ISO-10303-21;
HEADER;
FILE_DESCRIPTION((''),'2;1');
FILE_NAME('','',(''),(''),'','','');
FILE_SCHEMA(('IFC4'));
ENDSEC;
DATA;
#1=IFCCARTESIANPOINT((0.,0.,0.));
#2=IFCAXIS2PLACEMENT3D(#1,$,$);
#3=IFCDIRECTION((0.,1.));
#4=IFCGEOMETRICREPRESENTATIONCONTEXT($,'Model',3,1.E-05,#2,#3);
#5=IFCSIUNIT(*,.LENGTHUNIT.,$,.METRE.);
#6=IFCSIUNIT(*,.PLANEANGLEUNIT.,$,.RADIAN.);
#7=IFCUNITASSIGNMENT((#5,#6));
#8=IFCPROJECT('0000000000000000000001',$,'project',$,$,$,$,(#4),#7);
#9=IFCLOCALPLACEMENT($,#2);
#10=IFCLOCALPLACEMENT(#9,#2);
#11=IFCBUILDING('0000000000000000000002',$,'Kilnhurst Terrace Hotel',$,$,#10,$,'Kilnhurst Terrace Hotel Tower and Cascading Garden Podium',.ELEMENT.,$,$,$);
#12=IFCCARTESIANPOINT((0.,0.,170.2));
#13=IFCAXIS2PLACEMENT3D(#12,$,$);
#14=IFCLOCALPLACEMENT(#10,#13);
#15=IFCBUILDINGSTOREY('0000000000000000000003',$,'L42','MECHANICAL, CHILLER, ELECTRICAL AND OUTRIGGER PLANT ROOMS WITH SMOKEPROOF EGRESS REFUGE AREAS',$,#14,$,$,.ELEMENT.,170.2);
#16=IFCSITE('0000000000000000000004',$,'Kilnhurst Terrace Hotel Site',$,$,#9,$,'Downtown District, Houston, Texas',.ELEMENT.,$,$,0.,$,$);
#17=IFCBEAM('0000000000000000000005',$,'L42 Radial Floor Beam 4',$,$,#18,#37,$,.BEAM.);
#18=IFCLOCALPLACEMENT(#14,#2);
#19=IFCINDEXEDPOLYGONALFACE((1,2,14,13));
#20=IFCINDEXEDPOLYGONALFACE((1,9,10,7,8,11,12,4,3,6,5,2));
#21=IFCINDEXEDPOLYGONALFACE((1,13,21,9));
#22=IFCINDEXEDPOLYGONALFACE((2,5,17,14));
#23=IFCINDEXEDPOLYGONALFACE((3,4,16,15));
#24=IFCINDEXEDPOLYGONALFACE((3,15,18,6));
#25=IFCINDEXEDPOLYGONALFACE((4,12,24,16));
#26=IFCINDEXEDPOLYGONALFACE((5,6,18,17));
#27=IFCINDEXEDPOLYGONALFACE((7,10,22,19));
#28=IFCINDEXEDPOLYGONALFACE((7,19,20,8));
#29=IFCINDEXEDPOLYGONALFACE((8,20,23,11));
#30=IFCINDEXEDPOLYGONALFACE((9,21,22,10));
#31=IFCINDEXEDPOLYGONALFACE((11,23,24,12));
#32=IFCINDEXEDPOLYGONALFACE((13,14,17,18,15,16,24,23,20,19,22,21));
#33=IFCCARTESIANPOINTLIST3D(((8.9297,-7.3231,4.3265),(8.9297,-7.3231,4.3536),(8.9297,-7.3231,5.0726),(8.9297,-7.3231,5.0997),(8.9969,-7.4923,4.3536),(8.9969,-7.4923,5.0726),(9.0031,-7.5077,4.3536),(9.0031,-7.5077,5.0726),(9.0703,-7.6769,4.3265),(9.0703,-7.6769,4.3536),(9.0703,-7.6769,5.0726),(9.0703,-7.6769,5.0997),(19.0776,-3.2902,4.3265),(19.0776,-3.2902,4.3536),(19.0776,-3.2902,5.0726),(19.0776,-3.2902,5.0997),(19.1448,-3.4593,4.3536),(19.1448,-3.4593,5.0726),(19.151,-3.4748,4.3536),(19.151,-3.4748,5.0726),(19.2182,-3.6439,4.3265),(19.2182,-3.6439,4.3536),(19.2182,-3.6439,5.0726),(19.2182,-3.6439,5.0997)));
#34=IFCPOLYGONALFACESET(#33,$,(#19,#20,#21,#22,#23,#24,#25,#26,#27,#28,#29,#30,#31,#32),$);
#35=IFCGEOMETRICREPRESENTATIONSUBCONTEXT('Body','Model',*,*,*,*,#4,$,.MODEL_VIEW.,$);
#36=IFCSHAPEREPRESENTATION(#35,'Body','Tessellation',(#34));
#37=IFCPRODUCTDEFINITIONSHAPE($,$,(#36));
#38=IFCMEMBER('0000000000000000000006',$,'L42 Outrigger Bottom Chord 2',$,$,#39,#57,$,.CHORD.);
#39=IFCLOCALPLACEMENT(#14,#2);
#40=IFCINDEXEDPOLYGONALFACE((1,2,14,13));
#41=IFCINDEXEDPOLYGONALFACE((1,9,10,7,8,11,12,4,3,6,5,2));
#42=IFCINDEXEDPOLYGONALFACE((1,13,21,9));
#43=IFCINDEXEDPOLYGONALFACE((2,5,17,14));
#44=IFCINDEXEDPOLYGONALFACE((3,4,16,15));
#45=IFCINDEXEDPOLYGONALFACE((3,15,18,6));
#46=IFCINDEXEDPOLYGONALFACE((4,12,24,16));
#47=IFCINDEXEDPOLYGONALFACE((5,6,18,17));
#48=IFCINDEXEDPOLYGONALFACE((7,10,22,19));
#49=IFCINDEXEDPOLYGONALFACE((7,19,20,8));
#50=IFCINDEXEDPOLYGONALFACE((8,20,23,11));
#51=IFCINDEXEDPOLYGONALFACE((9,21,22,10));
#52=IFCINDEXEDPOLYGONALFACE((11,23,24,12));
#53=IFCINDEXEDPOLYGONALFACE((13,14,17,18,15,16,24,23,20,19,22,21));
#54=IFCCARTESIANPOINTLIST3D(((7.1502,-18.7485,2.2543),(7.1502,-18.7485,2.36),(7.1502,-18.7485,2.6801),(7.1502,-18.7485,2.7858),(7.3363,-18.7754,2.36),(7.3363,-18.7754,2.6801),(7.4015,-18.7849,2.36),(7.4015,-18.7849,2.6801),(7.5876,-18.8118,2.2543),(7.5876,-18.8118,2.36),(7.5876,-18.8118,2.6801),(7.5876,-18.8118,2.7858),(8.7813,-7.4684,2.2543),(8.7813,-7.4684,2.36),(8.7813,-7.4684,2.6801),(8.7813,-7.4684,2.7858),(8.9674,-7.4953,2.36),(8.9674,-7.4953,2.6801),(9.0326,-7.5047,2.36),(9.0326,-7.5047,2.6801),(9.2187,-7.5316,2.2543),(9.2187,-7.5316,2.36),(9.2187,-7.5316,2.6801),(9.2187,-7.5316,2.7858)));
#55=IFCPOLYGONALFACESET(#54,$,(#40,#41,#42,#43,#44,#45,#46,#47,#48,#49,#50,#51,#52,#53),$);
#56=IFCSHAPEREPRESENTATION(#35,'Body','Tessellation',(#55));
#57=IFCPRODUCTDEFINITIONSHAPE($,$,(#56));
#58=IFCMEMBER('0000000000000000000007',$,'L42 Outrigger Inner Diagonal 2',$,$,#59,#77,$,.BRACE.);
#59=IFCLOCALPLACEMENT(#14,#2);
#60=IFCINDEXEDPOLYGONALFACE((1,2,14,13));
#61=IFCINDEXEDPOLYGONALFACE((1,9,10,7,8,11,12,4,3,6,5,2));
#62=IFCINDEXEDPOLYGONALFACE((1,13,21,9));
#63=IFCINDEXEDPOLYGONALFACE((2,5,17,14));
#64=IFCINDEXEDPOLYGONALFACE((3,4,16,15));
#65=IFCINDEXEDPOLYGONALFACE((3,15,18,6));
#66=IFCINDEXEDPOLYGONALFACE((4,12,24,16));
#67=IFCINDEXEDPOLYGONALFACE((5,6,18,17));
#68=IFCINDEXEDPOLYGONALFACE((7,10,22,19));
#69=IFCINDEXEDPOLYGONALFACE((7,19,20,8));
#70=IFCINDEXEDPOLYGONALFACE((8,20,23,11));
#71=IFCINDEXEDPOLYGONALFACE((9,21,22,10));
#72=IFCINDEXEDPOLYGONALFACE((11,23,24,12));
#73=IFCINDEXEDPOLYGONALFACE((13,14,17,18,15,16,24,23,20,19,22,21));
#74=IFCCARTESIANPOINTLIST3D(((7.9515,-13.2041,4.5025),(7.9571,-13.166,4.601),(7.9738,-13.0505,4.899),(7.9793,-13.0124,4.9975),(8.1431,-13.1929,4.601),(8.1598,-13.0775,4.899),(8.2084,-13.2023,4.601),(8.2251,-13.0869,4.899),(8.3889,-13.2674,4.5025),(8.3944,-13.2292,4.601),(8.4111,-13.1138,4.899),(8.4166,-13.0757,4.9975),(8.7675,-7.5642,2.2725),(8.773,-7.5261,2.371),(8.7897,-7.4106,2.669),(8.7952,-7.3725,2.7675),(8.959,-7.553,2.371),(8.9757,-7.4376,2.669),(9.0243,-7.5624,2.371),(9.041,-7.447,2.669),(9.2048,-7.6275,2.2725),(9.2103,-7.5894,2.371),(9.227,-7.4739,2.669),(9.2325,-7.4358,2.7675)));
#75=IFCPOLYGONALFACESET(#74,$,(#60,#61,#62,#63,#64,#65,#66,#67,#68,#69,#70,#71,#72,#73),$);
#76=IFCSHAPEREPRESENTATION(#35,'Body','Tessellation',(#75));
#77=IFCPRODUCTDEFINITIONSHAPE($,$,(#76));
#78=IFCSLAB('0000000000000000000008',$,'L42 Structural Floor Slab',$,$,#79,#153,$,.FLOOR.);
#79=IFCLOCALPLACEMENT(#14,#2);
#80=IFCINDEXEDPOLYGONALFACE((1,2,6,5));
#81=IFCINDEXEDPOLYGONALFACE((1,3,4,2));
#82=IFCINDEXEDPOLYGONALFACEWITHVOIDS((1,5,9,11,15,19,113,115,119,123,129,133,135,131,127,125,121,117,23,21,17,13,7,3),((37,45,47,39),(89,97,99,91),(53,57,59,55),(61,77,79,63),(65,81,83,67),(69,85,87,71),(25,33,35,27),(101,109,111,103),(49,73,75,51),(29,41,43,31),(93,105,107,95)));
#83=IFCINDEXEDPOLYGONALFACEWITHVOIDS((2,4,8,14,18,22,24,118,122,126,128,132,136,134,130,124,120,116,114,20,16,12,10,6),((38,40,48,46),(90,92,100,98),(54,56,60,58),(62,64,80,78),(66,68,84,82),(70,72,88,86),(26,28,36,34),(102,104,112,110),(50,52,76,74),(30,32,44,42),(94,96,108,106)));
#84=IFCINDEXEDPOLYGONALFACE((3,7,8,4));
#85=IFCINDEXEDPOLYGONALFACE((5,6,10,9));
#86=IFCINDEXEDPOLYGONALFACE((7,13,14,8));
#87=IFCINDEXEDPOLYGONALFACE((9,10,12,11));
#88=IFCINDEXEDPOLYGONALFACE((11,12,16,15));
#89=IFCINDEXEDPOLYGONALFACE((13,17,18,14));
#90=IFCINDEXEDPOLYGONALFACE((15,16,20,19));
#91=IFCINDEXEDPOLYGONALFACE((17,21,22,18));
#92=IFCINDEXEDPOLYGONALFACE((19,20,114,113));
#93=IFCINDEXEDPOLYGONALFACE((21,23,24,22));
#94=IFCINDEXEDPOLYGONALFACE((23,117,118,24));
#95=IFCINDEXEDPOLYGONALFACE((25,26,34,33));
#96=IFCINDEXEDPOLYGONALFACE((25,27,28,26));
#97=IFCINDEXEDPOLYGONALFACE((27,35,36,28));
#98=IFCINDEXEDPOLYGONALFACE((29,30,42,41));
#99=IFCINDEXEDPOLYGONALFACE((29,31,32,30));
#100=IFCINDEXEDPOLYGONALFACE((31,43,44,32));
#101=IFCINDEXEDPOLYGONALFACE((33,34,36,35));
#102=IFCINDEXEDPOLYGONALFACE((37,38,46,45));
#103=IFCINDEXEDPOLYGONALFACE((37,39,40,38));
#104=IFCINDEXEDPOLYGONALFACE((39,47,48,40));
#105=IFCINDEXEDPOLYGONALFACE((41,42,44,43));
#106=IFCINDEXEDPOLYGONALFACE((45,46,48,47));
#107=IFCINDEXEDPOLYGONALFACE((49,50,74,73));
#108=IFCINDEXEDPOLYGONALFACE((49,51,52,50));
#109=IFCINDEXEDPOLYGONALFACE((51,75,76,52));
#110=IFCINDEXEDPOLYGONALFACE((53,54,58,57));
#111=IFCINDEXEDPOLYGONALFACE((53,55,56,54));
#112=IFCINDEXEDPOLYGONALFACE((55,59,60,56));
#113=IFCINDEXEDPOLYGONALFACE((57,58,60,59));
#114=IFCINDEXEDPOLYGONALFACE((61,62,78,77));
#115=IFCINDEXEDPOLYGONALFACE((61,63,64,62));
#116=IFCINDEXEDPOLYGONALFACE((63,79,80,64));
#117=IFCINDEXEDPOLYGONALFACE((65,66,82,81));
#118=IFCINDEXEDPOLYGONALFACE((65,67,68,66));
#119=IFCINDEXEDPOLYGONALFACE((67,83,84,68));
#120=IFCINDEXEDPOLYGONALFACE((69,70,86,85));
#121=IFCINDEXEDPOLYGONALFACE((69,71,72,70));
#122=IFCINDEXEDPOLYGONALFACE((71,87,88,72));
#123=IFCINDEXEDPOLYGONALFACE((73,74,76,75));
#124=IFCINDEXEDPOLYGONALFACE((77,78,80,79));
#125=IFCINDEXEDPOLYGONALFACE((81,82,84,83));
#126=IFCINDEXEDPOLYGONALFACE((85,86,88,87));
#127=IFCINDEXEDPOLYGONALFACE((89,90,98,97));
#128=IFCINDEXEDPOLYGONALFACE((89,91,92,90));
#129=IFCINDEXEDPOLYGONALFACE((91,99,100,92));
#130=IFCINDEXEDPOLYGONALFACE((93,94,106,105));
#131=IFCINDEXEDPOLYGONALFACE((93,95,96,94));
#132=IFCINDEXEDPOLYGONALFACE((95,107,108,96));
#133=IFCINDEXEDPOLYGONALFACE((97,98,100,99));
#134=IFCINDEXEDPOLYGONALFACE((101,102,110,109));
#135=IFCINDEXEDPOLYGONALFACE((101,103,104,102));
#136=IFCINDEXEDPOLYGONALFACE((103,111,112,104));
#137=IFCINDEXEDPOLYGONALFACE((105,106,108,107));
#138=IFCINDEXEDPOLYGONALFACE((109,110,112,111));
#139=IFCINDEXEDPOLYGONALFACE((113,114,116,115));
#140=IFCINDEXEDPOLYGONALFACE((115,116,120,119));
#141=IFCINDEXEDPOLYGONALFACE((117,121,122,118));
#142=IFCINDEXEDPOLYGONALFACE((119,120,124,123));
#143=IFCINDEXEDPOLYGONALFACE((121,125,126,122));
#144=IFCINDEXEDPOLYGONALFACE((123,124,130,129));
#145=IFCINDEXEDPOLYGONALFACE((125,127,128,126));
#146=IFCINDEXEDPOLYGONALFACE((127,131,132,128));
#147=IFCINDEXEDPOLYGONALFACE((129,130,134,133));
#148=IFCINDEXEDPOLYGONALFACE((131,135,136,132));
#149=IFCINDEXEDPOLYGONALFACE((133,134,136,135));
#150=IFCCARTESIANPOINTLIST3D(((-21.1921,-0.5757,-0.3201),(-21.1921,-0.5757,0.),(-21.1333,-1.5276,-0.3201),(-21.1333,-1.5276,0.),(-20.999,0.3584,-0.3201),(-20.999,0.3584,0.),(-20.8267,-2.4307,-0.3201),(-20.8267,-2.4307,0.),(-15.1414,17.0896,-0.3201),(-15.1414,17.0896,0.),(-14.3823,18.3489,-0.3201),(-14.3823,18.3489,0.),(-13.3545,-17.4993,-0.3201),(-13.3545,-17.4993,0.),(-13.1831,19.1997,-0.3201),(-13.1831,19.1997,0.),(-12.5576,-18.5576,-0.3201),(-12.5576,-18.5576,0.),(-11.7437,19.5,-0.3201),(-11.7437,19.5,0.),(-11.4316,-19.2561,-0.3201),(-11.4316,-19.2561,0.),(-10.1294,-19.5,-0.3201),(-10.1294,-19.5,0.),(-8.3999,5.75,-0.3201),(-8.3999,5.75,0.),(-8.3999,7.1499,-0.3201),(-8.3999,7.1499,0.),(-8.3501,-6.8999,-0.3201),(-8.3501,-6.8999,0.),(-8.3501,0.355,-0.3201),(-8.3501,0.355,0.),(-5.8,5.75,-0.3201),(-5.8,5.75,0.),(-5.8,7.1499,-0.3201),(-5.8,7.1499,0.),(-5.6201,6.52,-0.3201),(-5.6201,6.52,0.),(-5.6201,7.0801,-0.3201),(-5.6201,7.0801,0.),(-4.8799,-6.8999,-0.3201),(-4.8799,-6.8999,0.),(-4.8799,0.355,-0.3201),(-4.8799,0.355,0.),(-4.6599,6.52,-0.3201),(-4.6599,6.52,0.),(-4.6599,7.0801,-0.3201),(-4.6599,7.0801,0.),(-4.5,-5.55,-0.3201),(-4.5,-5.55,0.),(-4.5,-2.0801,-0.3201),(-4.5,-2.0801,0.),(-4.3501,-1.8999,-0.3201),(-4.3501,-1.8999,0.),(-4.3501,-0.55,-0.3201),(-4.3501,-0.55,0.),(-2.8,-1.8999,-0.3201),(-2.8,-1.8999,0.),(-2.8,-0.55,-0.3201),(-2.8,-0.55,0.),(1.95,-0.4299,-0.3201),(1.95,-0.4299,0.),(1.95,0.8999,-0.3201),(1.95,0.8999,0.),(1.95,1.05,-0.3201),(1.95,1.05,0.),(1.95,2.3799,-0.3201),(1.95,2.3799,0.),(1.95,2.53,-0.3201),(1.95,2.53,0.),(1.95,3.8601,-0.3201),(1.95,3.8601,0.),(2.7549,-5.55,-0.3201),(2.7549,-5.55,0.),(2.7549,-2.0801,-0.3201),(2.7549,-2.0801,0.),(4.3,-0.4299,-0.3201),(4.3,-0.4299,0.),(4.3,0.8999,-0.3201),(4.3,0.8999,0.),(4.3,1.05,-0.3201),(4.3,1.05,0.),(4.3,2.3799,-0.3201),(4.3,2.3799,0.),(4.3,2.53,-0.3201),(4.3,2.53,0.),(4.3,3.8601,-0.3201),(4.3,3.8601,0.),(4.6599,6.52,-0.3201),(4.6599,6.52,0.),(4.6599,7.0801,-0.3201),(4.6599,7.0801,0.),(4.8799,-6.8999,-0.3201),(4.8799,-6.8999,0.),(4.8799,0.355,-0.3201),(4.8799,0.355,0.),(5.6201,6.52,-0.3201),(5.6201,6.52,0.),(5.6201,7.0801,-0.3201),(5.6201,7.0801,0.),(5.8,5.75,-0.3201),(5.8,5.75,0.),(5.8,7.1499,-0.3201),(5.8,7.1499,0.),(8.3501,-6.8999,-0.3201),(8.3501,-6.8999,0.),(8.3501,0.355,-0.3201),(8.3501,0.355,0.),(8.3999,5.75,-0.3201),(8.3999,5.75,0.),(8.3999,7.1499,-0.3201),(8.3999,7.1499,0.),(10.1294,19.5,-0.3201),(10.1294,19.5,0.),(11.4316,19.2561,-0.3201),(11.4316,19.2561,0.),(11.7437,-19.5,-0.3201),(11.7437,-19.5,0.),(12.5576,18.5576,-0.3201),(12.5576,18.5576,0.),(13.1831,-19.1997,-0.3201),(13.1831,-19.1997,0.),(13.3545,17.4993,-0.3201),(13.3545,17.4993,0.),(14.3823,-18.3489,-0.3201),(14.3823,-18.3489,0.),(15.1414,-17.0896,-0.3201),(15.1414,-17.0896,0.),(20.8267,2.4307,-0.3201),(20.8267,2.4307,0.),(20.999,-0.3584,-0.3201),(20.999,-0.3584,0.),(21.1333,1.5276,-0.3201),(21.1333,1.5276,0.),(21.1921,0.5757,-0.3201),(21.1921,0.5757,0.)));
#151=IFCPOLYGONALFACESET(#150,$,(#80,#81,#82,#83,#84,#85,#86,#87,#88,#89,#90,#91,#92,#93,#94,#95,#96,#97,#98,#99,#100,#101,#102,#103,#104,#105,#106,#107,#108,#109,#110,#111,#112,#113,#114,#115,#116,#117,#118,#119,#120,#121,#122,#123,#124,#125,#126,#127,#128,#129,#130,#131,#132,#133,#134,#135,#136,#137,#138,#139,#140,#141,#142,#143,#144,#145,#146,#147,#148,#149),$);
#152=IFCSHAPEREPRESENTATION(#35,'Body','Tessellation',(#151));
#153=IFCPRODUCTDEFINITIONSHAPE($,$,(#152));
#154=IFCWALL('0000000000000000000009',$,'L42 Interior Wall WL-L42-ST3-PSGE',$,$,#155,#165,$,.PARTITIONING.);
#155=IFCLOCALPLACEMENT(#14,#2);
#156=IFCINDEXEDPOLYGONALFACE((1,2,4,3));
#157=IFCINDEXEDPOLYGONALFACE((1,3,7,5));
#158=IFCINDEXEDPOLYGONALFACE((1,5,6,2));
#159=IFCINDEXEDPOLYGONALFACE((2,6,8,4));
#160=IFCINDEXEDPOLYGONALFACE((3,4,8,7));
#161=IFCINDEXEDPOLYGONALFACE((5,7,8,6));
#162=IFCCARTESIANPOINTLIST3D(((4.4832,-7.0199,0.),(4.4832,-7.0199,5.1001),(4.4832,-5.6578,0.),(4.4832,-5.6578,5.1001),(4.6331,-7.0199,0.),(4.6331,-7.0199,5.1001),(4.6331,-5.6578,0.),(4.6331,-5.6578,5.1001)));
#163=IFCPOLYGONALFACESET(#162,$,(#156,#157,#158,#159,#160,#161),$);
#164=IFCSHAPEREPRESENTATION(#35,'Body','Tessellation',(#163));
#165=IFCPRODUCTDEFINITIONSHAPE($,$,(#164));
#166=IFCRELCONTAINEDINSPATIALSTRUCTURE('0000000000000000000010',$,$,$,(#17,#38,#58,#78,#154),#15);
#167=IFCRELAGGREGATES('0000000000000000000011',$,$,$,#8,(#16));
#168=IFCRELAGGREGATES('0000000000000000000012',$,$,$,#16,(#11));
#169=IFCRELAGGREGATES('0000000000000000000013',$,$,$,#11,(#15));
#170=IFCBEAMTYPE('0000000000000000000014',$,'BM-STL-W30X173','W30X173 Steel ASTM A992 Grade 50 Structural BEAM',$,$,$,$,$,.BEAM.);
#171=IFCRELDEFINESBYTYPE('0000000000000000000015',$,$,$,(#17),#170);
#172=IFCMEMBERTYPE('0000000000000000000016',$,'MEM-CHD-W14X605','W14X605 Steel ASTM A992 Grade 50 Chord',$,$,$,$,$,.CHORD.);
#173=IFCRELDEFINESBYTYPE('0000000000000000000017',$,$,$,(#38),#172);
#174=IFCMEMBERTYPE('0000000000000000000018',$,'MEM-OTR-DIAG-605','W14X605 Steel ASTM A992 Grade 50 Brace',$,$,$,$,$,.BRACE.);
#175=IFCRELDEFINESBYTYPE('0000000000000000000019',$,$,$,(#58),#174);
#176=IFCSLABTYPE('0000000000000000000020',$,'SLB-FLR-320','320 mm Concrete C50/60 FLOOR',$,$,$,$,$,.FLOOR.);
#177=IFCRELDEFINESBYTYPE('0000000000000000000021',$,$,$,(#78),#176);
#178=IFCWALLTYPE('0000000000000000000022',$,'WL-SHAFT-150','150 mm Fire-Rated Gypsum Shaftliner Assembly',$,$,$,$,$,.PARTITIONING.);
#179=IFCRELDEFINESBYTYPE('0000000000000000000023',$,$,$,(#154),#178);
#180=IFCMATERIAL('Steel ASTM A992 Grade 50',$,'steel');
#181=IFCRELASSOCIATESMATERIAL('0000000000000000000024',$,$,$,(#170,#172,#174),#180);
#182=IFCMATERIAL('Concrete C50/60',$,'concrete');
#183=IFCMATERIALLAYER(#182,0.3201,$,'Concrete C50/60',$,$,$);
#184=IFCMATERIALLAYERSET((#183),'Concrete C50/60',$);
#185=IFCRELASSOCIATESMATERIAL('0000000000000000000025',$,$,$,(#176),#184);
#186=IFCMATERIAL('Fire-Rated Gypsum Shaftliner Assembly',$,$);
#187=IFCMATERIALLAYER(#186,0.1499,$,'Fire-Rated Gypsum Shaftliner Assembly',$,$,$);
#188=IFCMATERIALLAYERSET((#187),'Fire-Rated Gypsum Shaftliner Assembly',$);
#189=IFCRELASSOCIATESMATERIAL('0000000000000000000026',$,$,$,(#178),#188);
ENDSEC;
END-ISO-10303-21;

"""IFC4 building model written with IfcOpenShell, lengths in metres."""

from ifc_helpers import new_model, si_unit, direction, frame, frame_2d, origin, origin_2d, place, context, subcontext, project, spatial, polyline, rectangle, i_section, outline, extrude, material, layer, layer_set, material_profile, profile_set, type_object, element, save


model = new_model("IFC4")

# Units and contexts
model_context = context("Model", 3, precision=1e-05, world=origin(), true_north=direction((0.0, 1.0)))
body_context = subcontext(model_context, "Body", "Model", "MODEL_VIEW")
ifc_project = project(units=[si_unit("LENGTHUNIT", "METRE"), si_unit("PLANEANGLEUNIT", "RADIAN")], contexts=[model_context])

# Site, building, storey
site_placement = place(None, origin())
site = spatial("IfcSite", under=ifc_project, at=site_placement, Name="Kilnhurst Terrace Hotel Site", LongName="Downtown District, Houston, Texas", CompositionType="ELEMENT", RefElevation=0.0)
building_placement = place(site_placement, origin())
building = spatial("IfcBuilding", under=site, at=building_placement, Name="Kilnhurst Terrace Hotel", LongName="Kilnhurst Terrace Hotel Tower and Cascading Garden Podium", CompositionType="ELEMENT")
storey_placement = place(building_placement, frame((0.0, 0.0, 170.2)))
storey = spatial("IfcBuildingStorey", under=building, at=storey_placement, Name="L42", Description="MECHANICAL, CHILLER, ELECTRICAL AND OUTRIGGER PLANT ROOMS WITH SMOKEPROOF EGRESS REFUGE AREAS", CompositionType="ELEMENT", Elevation=170.2)

# Beam
ifc_material_1 = material(Name="Steel ASTM A992 Grade 50", Category="steel")
ifc_material_profile_1 = material_profile(ifc_material_1, i_section(OverallWidth=0.3806, OverallDepth=0.7732, WebThickness=0.0166, FlangeThickness=0.0271, at=origin_2d()), Name="W30X173")
ifc_profile_set_1 = profile_set([ifc_material_profile_1], Name="Steel ASTM A992 Grade 50")
beam_type = type_object("IfcBeamType", Name="BM-STL-W30X173", Description="W30X173 Steel ASTM A992 Grade 50 Structural BEAM", PredefinedType="BEAM", material=ifc_profile_set_1)
beam_placement = place(storey_placement, frame((9.0, -7.5, 4.7131), z_axis=(0.929302, 0.36932, 0.0), x_axis=(-0.36932, 0.929302, 0.0)))
element("IfcBeam", 1, at=beam_placement, inside=storey, type_object=beam_type, Name="L42 Radial Floor Beam 4", PredefinedType="BEAM", context=body_context, shape_type="SweptSolid", body=[
    extrude(i_section(OverallWidth=0.3806, OverallDepth=0.7732, WebThickness=0.0166, FlangeThickness=0.0271, at=origin_2d()), origin(), (0.0, 0.0, 1.0), 10.9199),
])

# Members
ifc_material_profile_2 = material_profile(ifc_material_1, i_section(OverallWidth=0.4419, OverallDepth=0.5315, WebThickness=0.0659, FlangeThickness=0.1057, at=origin_2d()), Name="W14X605")
ifc_profile_set_2 = profile_set([ifc_material_profile_2], Name="Steel ASTM A992 Grade 50")
member_type_1 = type_object("IfcMemberType", Name="MEM-CHD-W14X605", Description="W14X605 Steel ASTM A992 Grade 50 Chord", PredefinedType="CHORD", material=ifc_profile_set_2)
member_1_placement = place(storey_placement, frame((9.0, -7.5, 2.52), z_axis=(-0.143113, -0.989706, 0.0), x_axis=(0.989706, -0.143113, 0.0)))
element("IfcMember", 2, at=member_1_placement, inside=storey, type_object=member_type_1, Name="L42 Outrigger Bottom Chord 2", PredefinedType="CHORD", context=body_context, shape_type="SweptSolid", body=[
    extrude(i_section(OverallWidth=0.4419, OverallDepth=0.5315, WebThickness=0.0659, FlangeThickness=0.1057, at=origin_2d()), origin(), (0.0, 0.0, 1.0), 11.3975),
])
ifc_material_profile_3 = material_profile(ifc_material_1, i_section(OverallWidth=0.4419, OverallDepth=0.5315, WebThickness=0.0659, FlangeThickness=0.1057, at=origin_2d()), Name="W14X605")
ifc_profile_set_3 = profile_set([ifc_material_profile_3], Name="Steel ASTM A992 Grade 50")
member_type_2 = type_object("IfcMemberType", Name="MEM-OTR-DIAG-605", Description="W14X605 Steel ASTM A992 Grade 50 Brace", PredefinedType="BRACE", material=ifc_profile_set_3)
member_2_placement = place(storey_placement, frame((9.0, -7.5, 2.52), z_axis=(-0.133333, -0.921643, 0.364412), x_axis=(0.989697, -0.143179, 0.0)))
element("IfcMember", 3, at=member_2_placement, inside=storey, type_object=member_type_2, Name="L42 Outrigger Inner Diagonal 2", PredefinedType="BRACE", context=body_context, shape_type="SweptSolid", body=[
    extrude(i_section(OverallWidth=0.4419, OverallDepth=0.5315, WebThickness=0.0659, FlangeThickness=0.1057, at=origin_2d()), origin(), (0.0, 0.0, 1.0), 6.1194),
])

# Slab
ifc_material_2 = material(Name="Concrete C50/60", Category="concrete")
ifc_layer_1 = layer(ifc_material_2, 0.3201, Name="Concrete C50/60")
ifc_layer_set_1 = layer_set([ifc_layer_1], Name="Concrete C50/60")
slab_type = type_object("IfcSlabType", Name="SLB-FLR-320", Description="320 mm Concrete C50/60 FLOOR", PredefinedType="FLOOR", material=ifc_layer_set_1)
slab_placement = place(storey_placement, frame((0.0, 0.0, -0.3201)))
element("IfcSlab", 4, at=slab_placement, inside=storey, type_object=slab_type, Name="L42 Structural Floor Slab", PredefinedType="FLOOR", context=body_context, shape_type="SweptSolid", body=[
    extrude(outline(polyline([(-13.3545, -17.4993), (-12.5576, -18.5576), (-11.4316, -19.2561), (-10.1294, -19.5), (11.7437, -19.5), (13.1831, -19.1997), (14.3823, -18.3489), (15.1414, -17.0896), (20.999, -0.3584), (21.1921, 0.5757), (21.1333, 1.5276), (20.8267, 2.4307), (13.3545, 17.4993), (12.5576, 18.5576), (11.4316, 19.2561), (10.1294, 19.5), (-11.7437, 19.5), (-13.1831, 19.1997), (-14.3823, 18.3489), (-15.1414, 17.0896), (-20.999, 0.3584), (-21.1921, -0.5757), (-21.1333, -1.5276), (-20.8267, -2.4307), (-13.3545, -17.4993)]), holes=[polyline([(2.7549, -2.0801), (2.7549, -5.55), (-4.5, -5.55), (-4.5, -2.0801), (2.7549, -2.0801)]), polyline([(-8.3501, 0.355), (-4.8799, 0.355), (-4.8799, -6.8999), (-8.3501, -6.8999), (-8.3501, 0.355)]), polyline([(-2.8, -1.8999), (-4.3501, -1.8999), (-4.3501, -0.55), (-2.8, -0.55), (-2.8, -1.8999)]), polyline([(1.95, -0.4299), (1.95, 0.8999), (4.3, 0.8999), (4.3, -0.4299), (1.95, -0.4299)]), polyline([(-8.3999, 5.75), (-8.3999, 7.1499), (-5.8, 7.1499), (-5.8, 5.75), (-8.3999, 5.75)]), polyline([(-4.6599, 6.52), (-5.6201, 6.52), (-5.6201, 7.0801), (-4.6599, 7.0801), (-4.6599, 6.52)]), polyline([(8.3501, 0.355), (8.3501, -6.8999), (4.8799, -6.8999), (4.8799, 0.355), (8.3501, 0.355)]), polyline([(1.95, 1.05), (1.95, 2.3799), (4.3, 2.3799), (4.3, 1.05), (1.95, 1.05)]), polyline([(4.3, 2.53), (1.95, 2.53), (1.95, 3.8601), (4.3, 3.8601), (4.3, 2.53)]), polyline([(5.8, 5.75), (5.8, 7.1499), (8.3999, 7.1499), (8.3999, 5.75), (5.8, 5.75)]), polyline([(4.6599, 6.52), (4.6599, 7.0801), (5.6201, 7.0801), (5.6201, 6.52), (4.6599, 6.52)])]), origin(), (0.0, 0.0, 1.0), 0.3201),
])

# Wall
ifc_material_3 = material(Name="Fire-Rated Gypsum Shaftliner Assembly")
ifc_layer_2 = layer(ifc_material_3, 0.1499, Name="Fire-Rated Gypsum Shaftliner Assembly")
ifc_layer_set_2 = layer_set([ifc_layer_2], Name="Fire-Rated Gypsum Shaftliner Assembly")
wall_type_1 = type_object("IfcWallType", Name="WL-SHAFT-150", Description="150 mm Fire-Rated Gypsum Shaftliner Assembly", PredefinedType="PARTITIONING", material=ifc_layer_set_2)
wall_1_placement = place(storey_placement, frame((4.5581, -7.02, 0.0), z_axis=(0.0, 0.0, 1.0), x_axis=(0.0, 1.0, 0.0)))
element("IfcWall", 5, at=wall_1_placement, inside=storey, type_object=wall_type_1, Name="L42 Interior Wall WL-L42-ST3-PSGE", PredefinedType="PARTITIONING", context=body_context, shape_type="SweptSolid", body=[
    extrude(rectangle(XDim=1.3621, YDim=0.1499, at=frame_2d((0.6812, 0.0))), origin(), (0.0, 0.0, 1.0), 5.1001),
])

save(model, "model.ifc")
